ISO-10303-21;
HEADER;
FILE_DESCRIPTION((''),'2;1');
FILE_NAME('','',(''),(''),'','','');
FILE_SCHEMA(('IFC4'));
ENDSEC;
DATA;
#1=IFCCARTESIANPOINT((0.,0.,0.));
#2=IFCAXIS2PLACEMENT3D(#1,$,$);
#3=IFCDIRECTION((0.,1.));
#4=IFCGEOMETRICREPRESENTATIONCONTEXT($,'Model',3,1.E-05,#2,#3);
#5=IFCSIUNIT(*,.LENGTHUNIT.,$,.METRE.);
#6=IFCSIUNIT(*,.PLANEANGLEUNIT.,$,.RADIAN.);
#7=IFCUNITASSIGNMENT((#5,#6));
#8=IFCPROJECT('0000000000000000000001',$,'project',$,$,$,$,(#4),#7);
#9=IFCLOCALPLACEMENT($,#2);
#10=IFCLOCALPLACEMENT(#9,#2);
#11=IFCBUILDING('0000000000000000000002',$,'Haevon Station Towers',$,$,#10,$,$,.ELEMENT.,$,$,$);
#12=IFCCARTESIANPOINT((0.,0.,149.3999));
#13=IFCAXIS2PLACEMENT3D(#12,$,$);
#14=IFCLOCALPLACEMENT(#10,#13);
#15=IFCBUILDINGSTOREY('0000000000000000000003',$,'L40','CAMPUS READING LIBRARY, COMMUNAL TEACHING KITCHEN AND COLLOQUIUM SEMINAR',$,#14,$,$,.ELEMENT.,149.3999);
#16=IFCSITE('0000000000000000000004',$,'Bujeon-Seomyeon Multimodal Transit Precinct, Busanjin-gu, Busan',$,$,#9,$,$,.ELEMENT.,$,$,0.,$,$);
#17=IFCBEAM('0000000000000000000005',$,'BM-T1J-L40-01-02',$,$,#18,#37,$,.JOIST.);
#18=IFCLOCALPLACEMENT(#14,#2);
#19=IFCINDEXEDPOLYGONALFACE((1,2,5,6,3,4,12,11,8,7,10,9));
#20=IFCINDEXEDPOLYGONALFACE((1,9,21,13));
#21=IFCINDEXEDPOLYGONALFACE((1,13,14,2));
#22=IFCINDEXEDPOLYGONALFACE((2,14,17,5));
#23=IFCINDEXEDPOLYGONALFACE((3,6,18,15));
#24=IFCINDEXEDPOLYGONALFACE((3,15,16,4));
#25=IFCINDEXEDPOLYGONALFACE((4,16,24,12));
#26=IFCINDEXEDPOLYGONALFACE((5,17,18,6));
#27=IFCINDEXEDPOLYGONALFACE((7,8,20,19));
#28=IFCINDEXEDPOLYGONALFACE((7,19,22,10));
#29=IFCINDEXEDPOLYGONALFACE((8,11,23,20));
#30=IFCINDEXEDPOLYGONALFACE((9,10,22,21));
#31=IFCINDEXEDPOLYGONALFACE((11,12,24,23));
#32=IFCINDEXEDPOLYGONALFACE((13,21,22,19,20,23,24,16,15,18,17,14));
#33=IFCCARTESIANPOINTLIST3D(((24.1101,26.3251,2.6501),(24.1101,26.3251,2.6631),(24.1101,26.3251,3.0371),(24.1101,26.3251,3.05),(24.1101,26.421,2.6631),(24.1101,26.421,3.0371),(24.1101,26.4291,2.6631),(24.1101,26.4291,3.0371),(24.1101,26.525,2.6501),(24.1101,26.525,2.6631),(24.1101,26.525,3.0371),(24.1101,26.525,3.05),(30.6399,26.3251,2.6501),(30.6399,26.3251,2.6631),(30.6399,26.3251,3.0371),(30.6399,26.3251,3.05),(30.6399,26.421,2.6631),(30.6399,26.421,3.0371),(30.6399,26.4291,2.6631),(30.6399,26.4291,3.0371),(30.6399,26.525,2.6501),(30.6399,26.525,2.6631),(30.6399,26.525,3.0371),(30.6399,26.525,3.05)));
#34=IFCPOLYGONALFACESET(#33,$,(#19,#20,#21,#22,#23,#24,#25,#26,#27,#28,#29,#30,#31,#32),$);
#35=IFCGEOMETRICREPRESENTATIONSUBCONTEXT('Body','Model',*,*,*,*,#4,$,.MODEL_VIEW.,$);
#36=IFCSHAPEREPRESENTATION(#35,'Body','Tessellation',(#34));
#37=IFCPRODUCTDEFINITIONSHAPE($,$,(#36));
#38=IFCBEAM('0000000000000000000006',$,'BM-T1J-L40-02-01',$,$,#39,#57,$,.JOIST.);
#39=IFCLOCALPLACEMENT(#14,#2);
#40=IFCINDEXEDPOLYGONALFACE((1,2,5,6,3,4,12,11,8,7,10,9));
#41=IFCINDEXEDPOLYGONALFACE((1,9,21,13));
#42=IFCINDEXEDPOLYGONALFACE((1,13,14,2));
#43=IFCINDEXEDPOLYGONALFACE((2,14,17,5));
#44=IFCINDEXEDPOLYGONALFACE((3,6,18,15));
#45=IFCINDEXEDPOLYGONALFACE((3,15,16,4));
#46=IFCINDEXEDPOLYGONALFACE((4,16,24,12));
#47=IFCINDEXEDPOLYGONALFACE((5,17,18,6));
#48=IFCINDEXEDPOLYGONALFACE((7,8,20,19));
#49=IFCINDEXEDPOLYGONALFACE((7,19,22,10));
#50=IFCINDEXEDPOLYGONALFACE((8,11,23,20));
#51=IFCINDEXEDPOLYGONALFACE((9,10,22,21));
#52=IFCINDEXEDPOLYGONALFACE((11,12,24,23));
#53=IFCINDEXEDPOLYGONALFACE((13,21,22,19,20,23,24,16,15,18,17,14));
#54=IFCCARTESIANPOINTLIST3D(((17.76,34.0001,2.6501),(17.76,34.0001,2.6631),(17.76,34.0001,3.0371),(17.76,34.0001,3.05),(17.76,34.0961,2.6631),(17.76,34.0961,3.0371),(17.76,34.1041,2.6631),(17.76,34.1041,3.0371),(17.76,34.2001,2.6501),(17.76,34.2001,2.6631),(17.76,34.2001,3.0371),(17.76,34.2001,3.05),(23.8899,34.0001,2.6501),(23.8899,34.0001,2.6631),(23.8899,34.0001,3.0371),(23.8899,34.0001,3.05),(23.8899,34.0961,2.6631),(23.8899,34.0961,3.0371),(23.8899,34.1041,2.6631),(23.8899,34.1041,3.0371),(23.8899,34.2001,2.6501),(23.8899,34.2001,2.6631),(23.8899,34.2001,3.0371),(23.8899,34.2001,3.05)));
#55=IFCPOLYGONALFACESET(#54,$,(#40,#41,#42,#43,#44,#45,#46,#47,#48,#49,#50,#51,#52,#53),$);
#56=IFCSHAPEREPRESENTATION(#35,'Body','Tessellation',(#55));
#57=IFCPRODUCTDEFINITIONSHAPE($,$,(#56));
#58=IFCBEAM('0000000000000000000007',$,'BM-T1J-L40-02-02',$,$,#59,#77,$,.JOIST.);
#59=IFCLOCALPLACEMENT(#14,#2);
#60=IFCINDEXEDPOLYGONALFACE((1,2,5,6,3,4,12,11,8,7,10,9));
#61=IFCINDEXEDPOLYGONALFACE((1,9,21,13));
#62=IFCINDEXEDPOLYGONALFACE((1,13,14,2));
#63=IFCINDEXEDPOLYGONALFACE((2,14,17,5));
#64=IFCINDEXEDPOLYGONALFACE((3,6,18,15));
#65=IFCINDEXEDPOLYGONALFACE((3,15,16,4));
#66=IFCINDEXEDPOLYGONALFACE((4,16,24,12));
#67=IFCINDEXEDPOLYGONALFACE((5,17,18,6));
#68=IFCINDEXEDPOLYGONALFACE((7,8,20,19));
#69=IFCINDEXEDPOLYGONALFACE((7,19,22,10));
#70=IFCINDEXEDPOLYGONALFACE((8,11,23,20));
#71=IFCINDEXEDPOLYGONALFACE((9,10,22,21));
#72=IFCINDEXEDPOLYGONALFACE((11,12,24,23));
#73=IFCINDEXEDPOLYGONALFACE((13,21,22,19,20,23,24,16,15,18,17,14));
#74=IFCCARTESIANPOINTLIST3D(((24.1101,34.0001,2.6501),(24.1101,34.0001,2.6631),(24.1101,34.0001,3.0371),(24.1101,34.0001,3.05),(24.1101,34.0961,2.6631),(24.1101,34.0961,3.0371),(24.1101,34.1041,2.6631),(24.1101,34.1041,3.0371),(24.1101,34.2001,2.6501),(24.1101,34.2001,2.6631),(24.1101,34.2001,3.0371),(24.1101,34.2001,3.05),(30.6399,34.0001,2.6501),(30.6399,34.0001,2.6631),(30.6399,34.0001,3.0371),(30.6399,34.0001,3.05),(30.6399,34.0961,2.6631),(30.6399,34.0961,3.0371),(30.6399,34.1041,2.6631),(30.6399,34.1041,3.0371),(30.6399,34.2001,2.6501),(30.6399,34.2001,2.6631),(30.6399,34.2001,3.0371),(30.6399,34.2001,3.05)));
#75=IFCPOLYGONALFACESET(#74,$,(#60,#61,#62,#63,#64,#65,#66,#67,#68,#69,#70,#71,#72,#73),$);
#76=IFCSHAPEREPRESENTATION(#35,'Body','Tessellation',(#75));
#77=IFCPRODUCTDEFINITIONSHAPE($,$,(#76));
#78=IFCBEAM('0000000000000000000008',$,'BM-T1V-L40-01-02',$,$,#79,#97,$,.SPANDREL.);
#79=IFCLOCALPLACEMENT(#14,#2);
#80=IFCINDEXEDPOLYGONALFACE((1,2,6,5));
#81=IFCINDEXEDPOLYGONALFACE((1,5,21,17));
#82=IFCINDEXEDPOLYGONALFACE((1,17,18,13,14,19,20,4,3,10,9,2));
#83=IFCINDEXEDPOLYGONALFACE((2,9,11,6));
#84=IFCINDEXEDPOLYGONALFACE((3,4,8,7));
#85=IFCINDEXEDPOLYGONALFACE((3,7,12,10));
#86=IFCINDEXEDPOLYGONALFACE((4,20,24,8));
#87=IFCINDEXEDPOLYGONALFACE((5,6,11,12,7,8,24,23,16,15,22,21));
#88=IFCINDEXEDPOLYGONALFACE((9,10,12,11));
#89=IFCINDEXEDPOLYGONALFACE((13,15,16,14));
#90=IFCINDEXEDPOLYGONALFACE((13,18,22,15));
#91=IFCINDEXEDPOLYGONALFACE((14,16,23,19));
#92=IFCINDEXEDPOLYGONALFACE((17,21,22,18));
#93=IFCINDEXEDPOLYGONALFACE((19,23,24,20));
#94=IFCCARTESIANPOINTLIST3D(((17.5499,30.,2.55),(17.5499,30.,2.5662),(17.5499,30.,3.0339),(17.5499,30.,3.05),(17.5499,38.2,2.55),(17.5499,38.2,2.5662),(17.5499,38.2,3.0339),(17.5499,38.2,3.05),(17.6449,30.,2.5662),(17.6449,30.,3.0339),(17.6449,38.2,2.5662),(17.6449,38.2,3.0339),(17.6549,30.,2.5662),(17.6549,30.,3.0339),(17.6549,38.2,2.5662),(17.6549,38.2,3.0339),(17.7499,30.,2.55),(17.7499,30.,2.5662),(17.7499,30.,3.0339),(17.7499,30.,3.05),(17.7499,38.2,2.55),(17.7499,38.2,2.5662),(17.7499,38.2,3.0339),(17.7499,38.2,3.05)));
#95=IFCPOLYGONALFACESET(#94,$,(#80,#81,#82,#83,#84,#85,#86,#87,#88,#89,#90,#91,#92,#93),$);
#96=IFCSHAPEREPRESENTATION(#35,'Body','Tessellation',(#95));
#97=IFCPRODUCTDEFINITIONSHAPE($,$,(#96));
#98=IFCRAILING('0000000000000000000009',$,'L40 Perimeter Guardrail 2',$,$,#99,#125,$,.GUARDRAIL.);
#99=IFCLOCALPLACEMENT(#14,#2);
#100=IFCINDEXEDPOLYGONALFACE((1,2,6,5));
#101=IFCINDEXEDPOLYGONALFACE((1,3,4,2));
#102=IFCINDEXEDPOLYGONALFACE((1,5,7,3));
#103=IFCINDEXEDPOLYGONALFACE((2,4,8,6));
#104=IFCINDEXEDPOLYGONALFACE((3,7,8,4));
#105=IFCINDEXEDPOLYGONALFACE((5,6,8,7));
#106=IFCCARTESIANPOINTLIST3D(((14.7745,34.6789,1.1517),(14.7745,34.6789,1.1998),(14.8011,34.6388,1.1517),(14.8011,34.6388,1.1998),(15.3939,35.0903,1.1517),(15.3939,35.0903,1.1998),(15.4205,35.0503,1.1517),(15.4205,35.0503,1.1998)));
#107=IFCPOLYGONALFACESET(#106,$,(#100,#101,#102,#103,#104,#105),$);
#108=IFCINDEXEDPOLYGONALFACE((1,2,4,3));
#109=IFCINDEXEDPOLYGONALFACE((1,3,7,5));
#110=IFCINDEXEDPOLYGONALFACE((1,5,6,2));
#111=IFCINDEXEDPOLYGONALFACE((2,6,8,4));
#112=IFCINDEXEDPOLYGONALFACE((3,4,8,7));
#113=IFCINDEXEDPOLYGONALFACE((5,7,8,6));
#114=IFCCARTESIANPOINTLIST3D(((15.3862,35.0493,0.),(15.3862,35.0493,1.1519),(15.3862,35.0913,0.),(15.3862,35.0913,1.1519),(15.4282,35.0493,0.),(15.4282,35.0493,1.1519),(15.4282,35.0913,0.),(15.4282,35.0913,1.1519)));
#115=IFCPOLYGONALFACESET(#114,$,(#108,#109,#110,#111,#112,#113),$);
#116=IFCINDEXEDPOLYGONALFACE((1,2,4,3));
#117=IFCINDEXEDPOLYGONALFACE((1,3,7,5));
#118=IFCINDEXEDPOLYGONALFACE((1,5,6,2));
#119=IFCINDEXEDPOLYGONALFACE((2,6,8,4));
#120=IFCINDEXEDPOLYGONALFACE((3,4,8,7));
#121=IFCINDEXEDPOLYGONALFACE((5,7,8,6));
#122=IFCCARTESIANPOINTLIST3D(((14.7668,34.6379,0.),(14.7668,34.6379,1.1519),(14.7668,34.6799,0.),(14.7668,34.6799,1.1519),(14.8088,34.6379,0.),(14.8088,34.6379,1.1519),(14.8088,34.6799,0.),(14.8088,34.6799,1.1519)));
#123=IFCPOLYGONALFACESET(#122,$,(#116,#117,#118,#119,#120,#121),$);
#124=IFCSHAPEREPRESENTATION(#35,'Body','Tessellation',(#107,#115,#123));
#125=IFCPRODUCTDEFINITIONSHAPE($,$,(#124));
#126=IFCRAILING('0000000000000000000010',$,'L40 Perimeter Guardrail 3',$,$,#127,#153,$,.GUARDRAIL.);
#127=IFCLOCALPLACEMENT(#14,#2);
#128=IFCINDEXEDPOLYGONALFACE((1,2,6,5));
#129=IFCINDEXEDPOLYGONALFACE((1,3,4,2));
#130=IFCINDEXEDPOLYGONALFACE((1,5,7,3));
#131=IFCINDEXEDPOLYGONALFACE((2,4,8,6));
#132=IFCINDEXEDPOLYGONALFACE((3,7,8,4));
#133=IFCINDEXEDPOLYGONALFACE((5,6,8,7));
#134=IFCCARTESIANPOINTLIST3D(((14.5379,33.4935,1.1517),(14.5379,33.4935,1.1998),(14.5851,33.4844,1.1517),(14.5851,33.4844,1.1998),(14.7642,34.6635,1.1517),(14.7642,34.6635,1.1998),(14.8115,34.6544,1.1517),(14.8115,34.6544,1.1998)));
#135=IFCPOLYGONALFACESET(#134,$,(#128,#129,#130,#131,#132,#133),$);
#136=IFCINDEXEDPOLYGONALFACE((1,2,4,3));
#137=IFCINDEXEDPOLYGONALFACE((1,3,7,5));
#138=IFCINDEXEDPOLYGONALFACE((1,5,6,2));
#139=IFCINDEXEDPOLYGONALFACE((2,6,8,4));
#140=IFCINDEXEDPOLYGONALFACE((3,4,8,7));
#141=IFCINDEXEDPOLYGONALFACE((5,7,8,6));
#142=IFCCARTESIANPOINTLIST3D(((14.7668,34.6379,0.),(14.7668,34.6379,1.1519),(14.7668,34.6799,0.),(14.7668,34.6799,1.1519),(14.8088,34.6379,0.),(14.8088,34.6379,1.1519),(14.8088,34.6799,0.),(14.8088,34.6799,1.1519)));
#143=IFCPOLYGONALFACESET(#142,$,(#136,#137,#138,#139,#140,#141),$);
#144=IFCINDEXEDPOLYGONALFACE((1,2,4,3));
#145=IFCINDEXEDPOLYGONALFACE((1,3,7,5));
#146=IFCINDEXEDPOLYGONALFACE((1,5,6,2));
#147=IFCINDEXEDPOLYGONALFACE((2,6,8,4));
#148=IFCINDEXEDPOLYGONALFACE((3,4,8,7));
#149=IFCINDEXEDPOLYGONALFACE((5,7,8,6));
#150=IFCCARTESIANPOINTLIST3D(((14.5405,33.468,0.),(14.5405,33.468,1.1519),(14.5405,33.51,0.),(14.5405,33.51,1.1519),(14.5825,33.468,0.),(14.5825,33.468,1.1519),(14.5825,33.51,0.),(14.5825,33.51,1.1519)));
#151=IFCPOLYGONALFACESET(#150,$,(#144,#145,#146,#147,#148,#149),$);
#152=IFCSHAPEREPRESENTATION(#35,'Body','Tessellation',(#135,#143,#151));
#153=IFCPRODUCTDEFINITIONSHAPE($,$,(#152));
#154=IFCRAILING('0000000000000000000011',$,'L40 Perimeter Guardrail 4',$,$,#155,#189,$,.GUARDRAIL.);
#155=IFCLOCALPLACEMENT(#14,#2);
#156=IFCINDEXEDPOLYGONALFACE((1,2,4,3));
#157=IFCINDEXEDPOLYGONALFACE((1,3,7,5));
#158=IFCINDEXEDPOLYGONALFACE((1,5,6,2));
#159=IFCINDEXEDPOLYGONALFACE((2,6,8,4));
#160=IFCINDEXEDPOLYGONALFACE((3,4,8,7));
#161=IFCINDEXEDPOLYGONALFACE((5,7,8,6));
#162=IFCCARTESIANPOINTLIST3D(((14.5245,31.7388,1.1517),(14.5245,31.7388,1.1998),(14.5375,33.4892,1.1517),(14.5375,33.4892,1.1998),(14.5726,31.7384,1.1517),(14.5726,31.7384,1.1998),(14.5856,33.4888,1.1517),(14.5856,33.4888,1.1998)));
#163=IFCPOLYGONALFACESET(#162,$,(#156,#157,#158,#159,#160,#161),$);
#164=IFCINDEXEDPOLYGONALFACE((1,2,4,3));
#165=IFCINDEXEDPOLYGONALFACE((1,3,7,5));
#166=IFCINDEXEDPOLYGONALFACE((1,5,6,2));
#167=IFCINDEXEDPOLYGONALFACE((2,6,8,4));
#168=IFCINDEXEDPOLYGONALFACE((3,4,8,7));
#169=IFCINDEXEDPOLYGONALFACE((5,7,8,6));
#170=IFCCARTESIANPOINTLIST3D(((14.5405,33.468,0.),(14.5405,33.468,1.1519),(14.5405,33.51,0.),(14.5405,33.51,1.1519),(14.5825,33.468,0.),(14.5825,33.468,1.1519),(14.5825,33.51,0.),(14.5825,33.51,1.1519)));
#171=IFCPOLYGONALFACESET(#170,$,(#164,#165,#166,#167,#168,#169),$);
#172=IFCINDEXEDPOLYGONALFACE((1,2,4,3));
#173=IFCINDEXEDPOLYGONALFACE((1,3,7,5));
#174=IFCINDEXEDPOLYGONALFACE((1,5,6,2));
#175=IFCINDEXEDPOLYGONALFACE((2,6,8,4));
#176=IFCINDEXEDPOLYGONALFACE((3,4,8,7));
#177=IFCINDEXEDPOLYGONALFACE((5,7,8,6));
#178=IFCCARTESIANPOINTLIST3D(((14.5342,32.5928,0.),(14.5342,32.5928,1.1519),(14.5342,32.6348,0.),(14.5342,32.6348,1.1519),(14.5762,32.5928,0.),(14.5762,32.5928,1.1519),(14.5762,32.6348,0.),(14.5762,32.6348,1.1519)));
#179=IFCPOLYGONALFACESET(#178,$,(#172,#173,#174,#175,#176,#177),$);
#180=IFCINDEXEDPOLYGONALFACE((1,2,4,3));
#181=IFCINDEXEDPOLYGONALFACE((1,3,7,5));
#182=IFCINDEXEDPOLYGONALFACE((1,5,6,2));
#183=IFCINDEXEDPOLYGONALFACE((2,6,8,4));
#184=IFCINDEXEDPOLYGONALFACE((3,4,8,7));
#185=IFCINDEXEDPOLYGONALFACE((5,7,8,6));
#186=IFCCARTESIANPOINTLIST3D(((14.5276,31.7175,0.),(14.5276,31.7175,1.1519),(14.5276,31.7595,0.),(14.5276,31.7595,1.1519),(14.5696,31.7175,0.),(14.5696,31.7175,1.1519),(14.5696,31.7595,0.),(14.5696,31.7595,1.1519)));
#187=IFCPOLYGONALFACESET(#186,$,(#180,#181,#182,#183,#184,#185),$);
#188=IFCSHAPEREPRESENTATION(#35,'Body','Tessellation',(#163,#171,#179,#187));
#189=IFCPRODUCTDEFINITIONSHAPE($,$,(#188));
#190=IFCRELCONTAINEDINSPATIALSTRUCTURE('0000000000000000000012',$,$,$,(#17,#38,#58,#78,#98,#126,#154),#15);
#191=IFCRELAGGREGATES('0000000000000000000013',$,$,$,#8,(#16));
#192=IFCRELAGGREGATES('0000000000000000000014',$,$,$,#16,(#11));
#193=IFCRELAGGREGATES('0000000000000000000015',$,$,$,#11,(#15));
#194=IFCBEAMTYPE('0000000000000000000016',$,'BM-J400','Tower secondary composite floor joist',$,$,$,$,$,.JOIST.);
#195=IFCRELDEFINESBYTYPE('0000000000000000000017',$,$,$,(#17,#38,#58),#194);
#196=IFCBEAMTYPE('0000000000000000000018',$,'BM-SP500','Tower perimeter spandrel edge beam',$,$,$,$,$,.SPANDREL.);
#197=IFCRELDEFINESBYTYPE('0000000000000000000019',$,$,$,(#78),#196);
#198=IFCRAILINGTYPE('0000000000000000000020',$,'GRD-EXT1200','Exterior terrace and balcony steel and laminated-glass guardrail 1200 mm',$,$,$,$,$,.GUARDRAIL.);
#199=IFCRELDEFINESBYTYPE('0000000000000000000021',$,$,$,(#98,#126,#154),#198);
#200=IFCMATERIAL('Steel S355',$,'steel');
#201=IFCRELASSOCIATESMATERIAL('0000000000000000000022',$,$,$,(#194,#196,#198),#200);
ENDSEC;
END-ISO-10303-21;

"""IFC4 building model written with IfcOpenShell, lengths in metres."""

from ifc_helpers import new_model, si_unit, direction, frame, origin, origin_2d, place, context, subcontext, project, spatial, rectangle, i_section, extrude, material, material_profile, profile_set, type_object, element, save


model = new_model("IFC4")

# Units and contexts
model_context = context("Model", 3, precision=1e-05, world=origin(), true_north=direction((0.0, 1.0)))
body_context = subcontext(model_context, "Body", "Model", "MODEL_VIEW")
ifc_project = project(units=[si_unit("LENGTHUNIT", "METRE"), si_unit("PLANEANGLEUNIT", "RADIAN")], contexts=[model_context])

# Site, building, storey
site_placement = place(None, origin())
site = spatial("IfcSite", under=ifc_project, at=site_placement, Name="Bujeon-Seomyeon Multimodal Transit Precinct, Busanjin-gu, Busan", CompositionType="ELEMENT", RefElevation=0.0)
building_placement = place(site_placement, origin())
building = spatial("IfcBuilding", under=site, at=building_placement, Name="Haevon Station Towers", CompositionType="ELEMENT")
storey_placement = place(building_placement, frame((0.0, 0.0, 149.3999)))
storey = spatial("IfcBuildingStorey", under=building, at=storey_placement, Name="L40", Description="CAMPUS READING LIBRARY, COMMUNAL TEACHING KITCHEN AND COLLOQUIUM SEMINAR", CompositionType="ELEMENT", Elevation=149.3999)

# Shared definitions
ifc_material_1 = material(Name="Steel S355", Category="steel")

# Beams
ifc_material_profile_1 = material_profile(ifc_material_1, i_section(OverallWidth=0.2, OverallDepth=0.3999, WebThickness=0.0081, FlangeThickness=0.0129, at=origin_2d()), Name="H-400x200x8x13")
ifc_profile_set_1 = profile_set([ifc_material_profile_1], Name="Steel S355")
beam_type_1 = type_object("IfcBeamType", Name="BM-J400", Description="Tower secondary composite floor joist", PredefinedType="JOIST", material=ifc_profile_set_1)
beam_1_placement = place(storey_placement, frame((24.1101, 26.425, 2.8501), z_axis=(1.0, 0.0, 0.0), x_axis=(0.0, 1.0, 0.0)))
element("IfcBeam", 1, at=beam_1_placement, inside=storey, type_object=beam_type_1, Name="BM-T1J-L40-01-02", PredefinedType="JOIST", context=body_context, shape_type="SweptSolid", body=[
    extrude(i_section(OverallWidth=0.2, OverallDepth=0.3999, WebThickness=0.0081, FlangeThickness=0.0129, at=origin_2d()), origin(), (0.0, 0.0, 1.0), 6.5298),
])
beam_2_placement = place(storey_placement, frame((17.76, 34.1001, 2.8501), z_axis=(1.0, 0.0, 0.0), x_axis=(0.0, 1.0, 0.0)))
element("IfcBeam", 2, at=beam_2_placement, inside=storey, type_object=beam_type_1, Name="BM-T1J-L40-02-01", PredefinedType="JOIST", context=body_context, shape_type="SweptSolid", body=[
    extrude(i_section(OverallWidth=0.2, OverallDepth=0.3999, WebThickness=0.0081, FlangeThickness=0.0129, at=origin_2d()), origin(), (0.0, 0.0, 1.0), 6.1299),
])
beam_3_placement = place(storey_placement, frame((24.1101, 34.1001, 2.8501), z_axis=(1.0, 0.0, 0.0), x_axis=(0.0, 1.0, 0.0)))
element("IfcBeam", 3, at=beam_3_placement, inside=storey, type_object=beam_type_1, Name="BM-T1J-L40-02-02", PredefinedType="JOIST", context=body_context, shape_type="SweptSolid", body=[
    extrude(i_section(OverallWidth=0.2, OverallDepth=0.3999, WebThickness=0.0081, FlangeThickness=0.0129, at=origin_2d()), origin(), (0.0, 0.0, 1.0), 6.5298),
])
ifc_material_profile_2 = material_profile(ifc_material_1, i_section(OverallWidth=0.2, OverallDepth=0.5, WebThickness=0.01, FlangeThickness=0.0161, at=origin_2d()), Name="H-500x200x10x16")
ifc_profile_set_2 = profile_set([ifc_material_profile_2], Name="Steel S355")
beam_type_2 = type_object("IfcBeamType", Name="BM-SP500", Description="Tower perimeter spandrel edge beam", PredefinedType="SPANDREL", material=ifc_profile_set_2)
beam_4_placement = place(storey_placement, frame((17.6499, 30.0, 2.8), z_axis=(0.0, 1.0, 0.0), x_axis=(-1.0, 0.0, 0.0)))
element("IfcBeam", 4, at=beam_4_placement, inside=storey, type_object=beam_type_2, Name="BM-T1V-L40-01-02", PredefinedType="SPANDREL", context=body_context, shape_type="SweptSolid", body=[
    extrude(i_section(OverallWidth=0.2, OverallDepth=0.5, WebThickness=0.01, FlangeThickness=0.0161, at=origin_2d()), origin(), (0.0, 0.0, 1.0), 8.2),
])

# Railings
railing_type = type_object("IfcRailingType", Name="GRD-EXT1200", Description="Exterior terrace and balcony steel and laminated-glass guardrail 1200 mm", PredefinedType="GUARDRAIL", material=ifc_material_1)
railing_1_placement = place(storey_placement, frame((15.4072, 35.0703, 0.0)))
element("IfcRailing", 5, at=railing_1_placement, inside=storey, type_object=railing_type, Name="L40 Perimeter Guardrail 2", PredefinedType="GUARDRAIL", context=body_context, shape_type="SweptSolid", body=[
    extrude(rectangle(XDim=0.0481, YDim=0.0481, at=origin_2d()), frame((0.0, 0.0, 1.1758), z_axis=(-0.833009, -0.55326, 0.0), x_axis=(0.55326, -0.833009, 0.0)), (0.0, 0.0, 1.0), 0.7437),
    extrude(rectangle(XDim=0.042, YDim=0.042, at=origin_2d()), origin(), (0.0, 0.0, 1.0), 1.1519),
    extrude(rectangle(XDim=0.042, YDim=0.042, at=origin_2d()), frame((-0.6194, -0.4114, 0.0)), (0.0, 0.0, 1.0), 1.1519),
])
railing_2_placement = place(storey_placement, frame((14.7878, 34.6589, 0.0)))
element("IfcRailing", 6, at=railing_2_placement, inside=storey, type_object=railing_type, Name="L40 Perimeter Guardrail 3", PredefinedType="GUARDRAIL", context=body_context, shape_type="SweptSolid", body=[
    extrude(rectangle(XDim=0.0481, YDim=0.0481, at=origin_2d()), frame((0.0, 0.0, 1.1758), z_axis=(-0.189926, -0.981798, 0.0), x_axis=(0.981798, -0.189926, 0.0)), (0.0, 0.0, 1.0), 1.1917),
    extrude(rectangle(XDim=0.042, YDim=0.042, at=origin_2d()), origin(), (0.0, 0.0, 1.0), 1.1519),
    extrude(rectangle(XDim=0.042, YDim=0.042, at=origin_2d()), frame((-0.2263, -1.1699, 0.0)), (0.0, 0.0, 1.0), 1.1519),
])
railing_3_placement = place(storey_placement, frame((14.5615, 33.489, 0.0)))
element("IfcRailing", 7, at=railing_3_placement, inside=storey, type_object=railing_type, Name="L40 Perimeter Guardrail 4", PredefinedType="GUARDRAIL", context=body_context, shape_type="SweptSolid", body=[
    extrude(rectangle(XDim=0.0481, YDim=0.0481, at=origin_2d()), frame((0.0, 0.0, 1.1758), z_axis=(-0.007392, -0.999973, 0.0), x_axis=(0.999973, -0.007392, 0.0)), (0.0, 0.0, 1.0), 1.7505),
    extrude(rectangle(XDim=0.042, YDim=0.042, at=origin_2d()), origin(), (0.0, 0.0, 1.0), 1.1519),
    extrude(rectangle(XDim=0.042, YDim=0.042, at=origin_2d()), frame((-0.0063, -0.8752, 0.0)), (0.0, 0.0, 1.0), 1.1519),
    extrude(rectangle(XDim=0.042, YDim=0.042, at=origin_2d()), frame((-0.0129, -1.7505, 0.0)), (0.0, 0.0, 1.0), 1.1519),
])

save(model, "model.ifc")
